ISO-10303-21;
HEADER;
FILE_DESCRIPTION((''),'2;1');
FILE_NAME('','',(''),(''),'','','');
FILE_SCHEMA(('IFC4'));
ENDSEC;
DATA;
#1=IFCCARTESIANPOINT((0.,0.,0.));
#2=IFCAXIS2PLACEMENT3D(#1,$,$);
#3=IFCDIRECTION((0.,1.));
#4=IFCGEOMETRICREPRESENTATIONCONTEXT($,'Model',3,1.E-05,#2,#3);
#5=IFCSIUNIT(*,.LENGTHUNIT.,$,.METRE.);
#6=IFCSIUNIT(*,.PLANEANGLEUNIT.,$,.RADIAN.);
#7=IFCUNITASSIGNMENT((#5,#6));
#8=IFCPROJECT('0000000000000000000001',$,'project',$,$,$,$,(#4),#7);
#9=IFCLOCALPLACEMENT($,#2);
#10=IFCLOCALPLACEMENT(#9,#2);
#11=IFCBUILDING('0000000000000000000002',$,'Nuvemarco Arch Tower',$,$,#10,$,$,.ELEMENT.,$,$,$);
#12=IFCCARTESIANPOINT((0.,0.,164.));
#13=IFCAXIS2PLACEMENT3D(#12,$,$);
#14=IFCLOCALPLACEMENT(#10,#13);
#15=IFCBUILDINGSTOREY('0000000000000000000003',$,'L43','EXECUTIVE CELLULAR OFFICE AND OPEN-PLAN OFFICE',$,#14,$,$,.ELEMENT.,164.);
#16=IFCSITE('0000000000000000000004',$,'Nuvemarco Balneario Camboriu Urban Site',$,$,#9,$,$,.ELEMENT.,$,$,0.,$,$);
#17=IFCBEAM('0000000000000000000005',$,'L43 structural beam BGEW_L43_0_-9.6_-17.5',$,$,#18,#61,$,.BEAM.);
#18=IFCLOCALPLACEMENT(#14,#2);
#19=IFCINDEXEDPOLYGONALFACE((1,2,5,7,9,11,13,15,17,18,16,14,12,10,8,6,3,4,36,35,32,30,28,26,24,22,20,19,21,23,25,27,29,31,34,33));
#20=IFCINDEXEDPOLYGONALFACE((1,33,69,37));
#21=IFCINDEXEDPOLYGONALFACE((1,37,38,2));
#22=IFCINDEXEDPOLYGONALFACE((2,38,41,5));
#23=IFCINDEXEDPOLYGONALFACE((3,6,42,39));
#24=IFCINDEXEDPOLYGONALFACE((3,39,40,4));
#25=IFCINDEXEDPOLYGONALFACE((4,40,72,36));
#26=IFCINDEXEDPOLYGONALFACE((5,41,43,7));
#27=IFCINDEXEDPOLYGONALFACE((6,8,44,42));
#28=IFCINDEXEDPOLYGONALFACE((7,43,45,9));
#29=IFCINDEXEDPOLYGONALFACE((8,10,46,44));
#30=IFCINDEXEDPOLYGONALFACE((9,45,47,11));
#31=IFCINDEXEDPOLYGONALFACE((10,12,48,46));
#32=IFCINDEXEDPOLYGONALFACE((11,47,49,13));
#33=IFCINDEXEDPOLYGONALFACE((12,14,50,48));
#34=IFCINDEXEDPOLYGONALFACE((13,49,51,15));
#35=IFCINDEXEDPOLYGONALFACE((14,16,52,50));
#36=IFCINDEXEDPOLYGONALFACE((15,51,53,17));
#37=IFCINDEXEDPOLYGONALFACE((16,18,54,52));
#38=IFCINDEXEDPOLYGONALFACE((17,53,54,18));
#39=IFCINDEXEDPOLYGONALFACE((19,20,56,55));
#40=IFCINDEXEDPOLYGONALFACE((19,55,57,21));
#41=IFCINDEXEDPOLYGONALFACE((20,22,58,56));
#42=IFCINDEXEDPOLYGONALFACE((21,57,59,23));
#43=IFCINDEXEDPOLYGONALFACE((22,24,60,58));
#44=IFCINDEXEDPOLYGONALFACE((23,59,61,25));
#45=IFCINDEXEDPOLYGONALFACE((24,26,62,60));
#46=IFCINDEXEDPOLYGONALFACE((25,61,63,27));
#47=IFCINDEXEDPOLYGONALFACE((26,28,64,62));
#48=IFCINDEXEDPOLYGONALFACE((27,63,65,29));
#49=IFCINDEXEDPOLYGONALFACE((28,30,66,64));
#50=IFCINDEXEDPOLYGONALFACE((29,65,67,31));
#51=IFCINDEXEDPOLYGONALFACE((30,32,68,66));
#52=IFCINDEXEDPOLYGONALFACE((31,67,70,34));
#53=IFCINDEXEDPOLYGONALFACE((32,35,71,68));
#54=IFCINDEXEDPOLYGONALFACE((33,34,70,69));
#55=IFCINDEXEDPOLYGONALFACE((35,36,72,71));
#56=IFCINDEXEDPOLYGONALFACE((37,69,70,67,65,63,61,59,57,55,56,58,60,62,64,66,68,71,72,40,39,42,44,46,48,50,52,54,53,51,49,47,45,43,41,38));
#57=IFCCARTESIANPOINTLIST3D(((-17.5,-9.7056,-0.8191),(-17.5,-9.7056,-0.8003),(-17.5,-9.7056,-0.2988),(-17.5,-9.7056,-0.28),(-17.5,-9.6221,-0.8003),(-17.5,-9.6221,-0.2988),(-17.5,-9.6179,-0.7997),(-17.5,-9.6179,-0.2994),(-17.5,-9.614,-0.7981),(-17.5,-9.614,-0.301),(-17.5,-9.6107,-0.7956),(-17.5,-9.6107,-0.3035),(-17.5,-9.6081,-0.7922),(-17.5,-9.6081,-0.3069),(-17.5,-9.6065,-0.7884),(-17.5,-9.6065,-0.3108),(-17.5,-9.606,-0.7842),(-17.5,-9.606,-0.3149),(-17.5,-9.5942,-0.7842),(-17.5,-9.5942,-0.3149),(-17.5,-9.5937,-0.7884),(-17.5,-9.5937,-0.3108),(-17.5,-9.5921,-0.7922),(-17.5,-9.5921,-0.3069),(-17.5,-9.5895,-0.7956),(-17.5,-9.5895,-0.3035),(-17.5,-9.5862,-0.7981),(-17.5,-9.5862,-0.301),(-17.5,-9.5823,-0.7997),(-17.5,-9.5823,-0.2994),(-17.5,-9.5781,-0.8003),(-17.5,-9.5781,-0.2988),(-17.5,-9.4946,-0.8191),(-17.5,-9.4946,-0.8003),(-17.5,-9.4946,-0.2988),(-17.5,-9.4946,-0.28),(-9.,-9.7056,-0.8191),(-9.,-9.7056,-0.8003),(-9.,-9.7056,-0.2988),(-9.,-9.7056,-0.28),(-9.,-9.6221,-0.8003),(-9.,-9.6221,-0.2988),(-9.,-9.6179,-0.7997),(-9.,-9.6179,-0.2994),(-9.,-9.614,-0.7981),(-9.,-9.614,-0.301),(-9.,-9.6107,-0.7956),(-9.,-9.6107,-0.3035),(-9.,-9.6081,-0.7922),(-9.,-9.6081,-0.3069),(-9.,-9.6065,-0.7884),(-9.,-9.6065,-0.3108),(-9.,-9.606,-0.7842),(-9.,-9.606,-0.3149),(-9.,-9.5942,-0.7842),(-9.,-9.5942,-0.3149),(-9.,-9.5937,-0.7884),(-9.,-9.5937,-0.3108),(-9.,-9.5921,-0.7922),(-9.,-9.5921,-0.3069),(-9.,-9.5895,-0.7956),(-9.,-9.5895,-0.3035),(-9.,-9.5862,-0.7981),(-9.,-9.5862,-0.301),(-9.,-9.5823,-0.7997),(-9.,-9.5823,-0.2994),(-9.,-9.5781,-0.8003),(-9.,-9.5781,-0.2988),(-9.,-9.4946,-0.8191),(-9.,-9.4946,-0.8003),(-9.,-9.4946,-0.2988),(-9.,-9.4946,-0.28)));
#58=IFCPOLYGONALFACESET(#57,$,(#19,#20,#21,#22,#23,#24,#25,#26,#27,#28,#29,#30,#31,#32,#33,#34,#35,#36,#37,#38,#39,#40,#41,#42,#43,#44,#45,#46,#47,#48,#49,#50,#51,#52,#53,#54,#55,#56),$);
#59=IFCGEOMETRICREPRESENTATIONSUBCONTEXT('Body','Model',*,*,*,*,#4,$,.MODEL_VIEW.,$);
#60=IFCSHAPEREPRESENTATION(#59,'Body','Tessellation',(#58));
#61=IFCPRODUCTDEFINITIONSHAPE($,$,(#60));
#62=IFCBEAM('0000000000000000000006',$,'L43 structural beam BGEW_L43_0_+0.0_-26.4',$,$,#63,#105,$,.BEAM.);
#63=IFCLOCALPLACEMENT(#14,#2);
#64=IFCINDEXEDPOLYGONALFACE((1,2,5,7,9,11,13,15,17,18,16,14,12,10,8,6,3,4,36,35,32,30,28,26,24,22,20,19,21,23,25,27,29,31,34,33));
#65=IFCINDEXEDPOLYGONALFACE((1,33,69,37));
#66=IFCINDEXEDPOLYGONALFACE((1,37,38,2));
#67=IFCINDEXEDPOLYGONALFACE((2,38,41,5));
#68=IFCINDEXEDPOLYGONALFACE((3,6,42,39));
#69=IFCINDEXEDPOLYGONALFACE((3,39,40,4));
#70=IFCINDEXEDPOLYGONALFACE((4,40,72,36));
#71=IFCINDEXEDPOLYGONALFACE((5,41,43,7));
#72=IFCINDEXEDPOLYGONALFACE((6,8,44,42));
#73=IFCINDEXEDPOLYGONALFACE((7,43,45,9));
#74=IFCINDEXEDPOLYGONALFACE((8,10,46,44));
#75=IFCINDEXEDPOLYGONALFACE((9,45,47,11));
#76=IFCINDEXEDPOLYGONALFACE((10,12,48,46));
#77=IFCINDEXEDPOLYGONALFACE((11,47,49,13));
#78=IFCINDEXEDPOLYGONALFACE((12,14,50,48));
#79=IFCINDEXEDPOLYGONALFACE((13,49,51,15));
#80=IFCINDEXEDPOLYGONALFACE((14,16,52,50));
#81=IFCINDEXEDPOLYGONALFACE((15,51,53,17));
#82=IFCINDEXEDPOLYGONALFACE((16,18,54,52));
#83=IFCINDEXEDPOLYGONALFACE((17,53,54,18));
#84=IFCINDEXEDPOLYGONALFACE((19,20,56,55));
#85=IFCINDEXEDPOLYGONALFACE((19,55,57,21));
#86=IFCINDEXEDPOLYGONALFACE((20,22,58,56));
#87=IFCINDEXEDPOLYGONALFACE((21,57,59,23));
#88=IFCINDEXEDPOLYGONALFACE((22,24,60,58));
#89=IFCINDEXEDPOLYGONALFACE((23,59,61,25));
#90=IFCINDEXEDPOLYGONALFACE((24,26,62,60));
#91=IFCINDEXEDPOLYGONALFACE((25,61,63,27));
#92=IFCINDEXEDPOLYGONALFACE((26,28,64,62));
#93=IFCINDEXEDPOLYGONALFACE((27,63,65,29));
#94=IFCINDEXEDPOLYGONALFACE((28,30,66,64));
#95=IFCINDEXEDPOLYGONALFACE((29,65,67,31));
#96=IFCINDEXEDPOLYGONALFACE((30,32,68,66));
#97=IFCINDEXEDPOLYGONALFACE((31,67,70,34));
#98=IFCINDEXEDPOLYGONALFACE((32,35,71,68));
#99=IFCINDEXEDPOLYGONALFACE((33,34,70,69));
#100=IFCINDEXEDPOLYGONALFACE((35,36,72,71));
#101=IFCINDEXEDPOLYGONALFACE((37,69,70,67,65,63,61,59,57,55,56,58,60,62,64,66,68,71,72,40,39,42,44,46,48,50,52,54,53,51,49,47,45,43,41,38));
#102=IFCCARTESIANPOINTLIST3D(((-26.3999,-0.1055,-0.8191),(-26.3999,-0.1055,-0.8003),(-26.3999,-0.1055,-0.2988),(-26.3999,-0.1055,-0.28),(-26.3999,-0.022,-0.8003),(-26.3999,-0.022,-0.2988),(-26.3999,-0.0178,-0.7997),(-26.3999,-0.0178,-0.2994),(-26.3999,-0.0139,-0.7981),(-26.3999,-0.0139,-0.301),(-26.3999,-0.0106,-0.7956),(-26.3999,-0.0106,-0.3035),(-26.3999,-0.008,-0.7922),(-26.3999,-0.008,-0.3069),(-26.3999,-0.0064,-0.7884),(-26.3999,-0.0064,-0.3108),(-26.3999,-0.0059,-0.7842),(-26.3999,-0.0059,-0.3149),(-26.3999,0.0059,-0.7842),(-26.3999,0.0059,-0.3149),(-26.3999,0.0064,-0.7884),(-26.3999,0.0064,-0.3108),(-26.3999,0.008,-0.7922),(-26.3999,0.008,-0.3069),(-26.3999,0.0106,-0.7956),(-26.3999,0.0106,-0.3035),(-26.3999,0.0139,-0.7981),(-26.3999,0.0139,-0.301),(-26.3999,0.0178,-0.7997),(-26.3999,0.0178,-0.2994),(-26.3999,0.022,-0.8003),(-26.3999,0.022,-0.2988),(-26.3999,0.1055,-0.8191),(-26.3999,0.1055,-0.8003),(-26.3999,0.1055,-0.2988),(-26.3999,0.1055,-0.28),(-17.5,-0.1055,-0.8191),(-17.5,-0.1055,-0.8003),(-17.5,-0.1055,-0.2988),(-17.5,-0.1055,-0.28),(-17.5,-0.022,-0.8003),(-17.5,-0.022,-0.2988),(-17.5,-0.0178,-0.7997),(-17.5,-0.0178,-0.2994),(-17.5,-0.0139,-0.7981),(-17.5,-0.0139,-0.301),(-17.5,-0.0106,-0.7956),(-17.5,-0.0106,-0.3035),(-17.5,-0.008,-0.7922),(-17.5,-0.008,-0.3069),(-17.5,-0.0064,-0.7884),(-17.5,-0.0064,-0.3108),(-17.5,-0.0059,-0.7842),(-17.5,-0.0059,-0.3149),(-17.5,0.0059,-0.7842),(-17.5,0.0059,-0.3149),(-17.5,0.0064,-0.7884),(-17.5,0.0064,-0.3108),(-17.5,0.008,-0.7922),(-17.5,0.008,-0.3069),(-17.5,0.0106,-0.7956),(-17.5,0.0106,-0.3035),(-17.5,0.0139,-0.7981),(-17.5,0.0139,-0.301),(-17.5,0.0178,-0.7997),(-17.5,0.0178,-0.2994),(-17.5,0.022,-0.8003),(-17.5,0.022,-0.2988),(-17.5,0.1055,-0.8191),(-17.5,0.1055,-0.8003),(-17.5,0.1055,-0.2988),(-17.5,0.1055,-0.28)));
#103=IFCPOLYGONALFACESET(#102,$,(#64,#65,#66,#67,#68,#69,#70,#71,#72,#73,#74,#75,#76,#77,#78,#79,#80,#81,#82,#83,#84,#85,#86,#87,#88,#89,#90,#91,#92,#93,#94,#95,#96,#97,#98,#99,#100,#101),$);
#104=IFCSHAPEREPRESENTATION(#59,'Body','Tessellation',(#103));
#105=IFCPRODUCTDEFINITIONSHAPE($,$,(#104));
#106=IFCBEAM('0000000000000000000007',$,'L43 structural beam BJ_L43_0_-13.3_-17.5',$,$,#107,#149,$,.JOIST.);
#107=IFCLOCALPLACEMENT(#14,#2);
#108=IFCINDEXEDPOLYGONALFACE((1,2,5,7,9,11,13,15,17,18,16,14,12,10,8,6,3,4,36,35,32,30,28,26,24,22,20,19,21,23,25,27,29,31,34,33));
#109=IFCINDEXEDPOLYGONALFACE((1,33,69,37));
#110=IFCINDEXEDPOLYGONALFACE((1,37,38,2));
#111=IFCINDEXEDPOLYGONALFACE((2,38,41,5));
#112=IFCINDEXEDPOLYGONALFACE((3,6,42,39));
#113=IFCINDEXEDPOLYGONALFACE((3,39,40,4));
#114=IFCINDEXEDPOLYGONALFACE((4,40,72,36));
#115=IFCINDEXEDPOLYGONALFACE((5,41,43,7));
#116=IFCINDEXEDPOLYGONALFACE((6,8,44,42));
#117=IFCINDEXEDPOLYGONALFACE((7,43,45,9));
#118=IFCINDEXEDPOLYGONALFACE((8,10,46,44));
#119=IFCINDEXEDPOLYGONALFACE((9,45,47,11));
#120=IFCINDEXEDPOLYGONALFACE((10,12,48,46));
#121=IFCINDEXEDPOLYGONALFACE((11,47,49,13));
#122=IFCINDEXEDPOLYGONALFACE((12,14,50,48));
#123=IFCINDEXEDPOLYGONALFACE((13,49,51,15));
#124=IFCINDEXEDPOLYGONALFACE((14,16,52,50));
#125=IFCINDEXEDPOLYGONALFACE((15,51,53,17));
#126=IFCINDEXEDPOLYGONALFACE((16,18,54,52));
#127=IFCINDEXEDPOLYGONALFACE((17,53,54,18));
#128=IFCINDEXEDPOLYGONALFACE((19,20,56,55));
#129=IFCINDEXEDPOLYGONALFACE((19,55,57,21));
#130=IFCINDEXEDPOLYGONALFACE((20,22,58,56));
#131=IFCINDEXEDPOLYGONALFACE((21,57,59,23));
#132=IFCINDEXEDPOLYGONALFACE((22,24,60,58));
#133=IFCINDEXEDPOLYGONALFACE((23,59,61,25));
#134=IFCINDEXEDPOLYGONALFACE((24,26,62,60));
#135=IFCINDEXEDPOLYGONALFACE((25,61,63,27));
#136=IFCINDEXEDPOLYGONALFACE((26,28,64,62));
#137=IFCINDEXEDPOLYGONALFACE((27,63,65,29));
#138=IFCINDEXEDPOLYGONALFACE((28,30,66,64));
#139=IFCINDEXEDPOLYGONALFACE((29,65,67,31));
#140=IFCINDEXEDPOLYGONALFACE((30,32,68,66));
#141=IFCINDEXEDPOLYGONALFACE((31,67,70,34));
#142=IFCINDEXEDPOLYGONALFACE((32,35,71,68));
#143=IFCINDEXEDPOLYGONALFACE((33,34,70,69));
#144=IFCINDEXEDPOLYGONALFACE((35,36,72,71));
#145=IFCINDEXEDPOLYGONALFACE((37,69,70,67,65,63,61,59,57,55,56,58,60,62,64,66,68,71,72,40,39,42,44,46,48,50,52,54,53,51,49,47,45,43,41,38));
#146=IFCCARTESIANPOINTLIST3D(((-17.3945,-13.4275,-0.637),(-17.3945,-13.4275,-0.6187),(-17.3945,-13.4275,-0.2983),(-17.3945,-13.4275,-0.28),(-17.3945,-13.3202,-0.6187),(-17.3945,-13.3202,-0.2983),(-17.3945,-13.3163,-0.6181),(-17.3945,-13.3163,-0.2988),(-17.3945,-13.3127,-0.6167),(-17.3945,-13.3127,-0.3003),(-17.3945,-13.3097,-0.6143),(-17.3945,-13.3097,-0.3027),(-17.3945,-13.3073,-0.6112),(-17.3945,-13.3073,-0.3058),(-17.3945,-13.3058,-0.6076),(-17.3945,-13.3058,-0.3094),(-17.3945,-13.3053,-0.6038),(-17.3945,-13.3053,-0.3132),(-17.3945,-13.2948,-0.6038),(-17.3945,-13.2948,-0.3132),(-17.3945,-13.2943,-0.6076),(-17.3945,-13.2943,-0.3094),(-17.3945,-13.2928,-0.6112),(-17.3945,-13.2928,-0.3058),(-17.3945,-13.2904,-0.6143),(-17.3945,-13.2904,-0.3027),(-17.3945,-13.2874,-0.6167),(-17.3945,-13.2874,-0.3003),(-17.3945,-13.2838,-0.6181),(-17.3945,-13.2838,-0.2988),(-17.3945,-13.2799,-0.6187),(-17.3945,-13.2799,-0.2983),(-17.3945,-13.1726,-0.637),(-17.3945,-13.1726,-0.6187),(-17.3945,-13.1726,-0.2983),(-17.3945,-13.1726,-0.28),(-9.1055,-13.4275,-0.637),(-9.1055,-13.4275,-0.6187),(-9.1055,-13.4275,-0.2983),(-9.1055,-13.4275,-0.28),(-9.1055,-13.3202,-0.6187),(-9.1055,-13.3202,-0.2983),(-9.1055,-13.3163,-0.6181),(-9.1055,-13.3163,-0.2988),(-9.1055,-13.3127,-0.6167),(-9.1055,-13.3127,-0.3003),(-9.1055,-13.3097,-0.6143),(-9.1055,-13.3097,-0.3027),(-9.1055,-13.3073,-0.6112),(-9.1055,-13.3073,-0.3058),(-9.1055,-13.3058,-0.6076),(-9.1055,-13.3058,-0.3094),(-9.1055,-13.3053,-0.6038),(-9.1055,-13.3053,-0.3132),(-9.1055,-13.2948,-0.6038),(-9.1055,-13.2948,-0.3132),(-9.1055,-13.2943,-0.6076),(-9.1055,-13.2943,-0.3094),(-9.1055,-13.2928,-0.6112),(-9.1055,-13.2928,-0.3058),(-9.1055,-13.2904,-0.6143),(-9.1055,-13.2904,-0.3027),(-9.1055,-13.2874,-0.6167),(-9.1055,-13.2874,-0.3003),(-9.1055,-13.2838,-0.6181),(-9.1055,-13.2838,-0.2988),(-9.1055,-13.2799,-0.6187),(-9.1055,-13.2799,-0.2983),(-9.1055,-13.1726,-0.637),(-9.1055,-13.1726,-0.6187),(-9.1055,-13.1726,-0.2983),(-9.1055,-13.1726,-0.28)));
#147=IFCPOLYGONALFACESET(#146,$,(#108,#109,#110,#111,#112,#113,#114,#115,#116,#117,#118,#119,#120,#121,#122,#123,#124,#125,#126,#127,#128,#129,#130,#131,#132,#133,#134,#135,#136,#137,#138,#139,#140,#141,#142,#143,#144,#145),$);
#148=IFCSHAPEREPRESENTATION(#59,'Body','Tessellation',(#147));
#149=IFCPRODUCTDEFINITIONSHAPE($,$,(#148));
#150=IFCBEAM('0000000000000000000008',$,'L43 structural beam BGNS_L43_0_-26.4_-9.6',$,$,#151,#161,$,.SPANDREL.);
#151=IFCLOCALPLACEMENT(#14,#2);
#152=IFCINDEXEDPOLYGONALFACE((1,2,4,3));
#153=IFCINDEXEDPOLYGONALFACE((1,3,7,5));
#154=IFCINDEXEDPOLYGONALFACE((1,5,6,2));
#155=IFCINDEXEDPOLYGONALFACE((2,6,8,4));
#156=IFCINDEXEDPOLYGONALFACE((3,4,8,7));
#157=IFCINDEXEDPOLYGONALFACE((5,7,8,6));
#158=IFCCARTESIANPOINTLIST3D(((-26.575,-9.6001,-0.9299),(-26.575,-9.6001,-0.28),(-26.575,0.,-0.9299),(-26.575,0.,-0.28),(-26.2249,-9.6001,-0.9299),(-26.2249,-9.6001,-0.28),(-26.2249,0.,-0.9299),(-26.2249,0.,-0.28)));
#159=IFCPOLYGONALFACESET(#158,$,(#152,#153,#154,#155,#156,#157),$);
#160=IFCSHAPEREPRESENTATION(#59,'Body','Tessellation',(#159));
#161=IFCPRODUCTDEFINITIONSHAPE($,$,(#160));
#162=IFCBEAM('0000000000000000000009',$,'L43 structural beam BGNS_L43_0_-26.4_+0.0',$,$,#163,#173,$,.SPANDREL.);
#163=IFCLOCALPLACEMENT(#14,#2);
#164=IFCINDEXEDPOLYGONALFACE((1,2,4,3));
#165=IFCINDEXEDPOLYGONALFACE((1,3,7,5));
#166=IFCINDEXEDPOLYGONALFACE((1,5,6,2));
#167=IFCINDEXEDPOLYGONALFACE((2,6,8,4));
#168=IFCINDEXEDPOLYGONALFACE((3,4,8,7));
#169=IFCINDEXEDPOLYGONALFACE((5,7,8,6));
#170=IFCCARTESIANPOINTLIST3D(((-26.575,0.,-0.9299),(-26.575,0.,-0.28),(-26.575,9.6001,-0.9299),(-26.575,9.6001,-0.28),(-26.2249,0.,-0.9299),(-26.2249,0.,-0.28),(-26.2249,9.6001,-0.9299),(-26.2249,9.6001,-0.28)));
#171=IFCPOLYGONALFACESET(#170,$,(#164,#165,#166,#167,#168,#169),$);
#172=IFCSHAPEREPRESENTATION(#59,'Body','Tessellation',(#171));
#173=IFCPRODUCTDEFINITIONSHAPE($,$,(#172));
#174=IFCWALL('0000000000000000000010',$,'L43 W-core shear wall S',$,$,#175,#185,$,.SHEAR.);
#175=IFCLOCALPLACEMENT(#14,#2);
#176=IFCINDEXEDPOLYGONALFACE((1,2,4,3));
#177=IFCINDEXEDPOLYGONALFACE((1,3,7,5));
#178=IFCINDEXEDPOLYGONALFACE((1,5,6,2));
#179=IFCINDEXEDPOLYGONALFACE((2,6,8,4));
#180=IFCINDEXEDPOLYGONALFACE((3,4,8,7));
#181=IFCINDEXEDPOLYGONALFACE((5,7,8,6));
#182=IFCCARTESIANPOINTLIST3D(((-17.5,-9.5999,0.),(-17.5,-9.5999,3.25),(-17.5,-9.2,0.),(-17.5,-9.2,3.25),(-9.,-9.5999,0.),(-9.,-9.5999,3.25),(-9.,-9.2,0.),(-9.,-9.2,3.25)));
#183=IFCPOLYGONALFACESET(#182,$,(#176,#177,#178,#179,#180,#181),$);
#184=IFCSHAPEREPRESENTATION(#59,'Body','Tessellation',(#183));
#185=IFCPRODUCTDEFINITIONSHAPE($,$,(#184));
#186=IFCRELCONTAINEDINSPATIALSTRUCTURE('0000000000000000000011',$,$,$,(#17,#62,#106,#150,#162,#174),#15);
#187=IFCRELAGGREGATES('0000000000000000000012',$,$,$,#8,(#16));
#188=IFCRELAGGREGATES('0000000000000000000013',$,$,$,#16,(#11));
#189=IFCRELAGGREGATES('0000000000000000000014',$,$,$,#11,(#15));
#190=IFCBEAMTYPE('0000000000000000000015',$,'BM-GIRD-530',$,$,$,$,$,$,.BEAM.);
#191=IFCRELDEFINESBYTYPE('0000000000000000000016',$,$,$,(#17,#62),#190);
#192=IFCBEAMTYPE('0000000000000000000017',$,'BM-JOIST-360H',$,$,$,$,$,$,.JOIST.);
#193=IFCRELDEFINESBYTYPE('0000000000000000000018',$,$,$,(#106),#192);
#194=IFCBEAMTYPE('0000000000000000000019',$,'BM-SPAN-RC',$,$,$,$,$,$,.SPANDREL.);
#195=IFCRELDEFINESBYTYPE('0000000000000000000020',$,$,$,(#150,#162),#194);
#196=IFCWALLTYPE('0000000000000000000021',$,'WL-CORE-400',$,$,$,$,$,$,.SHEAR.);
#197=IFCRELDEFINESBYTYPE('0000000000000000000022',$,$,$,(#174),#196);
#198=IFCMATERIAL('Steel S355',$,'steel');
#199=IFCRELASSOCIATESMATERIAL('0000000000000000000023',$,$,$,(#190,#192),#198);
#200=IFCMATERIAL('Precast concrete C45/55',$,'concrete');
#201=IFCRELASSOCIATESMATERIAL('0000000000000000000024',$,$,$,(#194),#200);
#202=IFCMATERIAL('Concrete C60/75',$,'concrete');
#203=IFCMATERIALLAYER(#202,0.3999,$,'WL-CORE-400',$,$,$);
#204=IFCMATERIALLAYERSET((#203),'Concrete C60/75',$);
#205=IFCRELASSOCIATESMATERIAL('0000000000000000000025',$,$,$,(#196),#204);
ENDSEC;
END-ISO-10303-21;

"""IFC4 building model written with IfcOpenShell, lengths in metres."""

from ifc_helpers import new_model, si_unit, direction, frame, frame_2d, origin, origin_2d, place, context, subcontext, project, spatial, rectangle, i_section, extrude, material, layer, layer_set, material_profile, profile_set, type_object, element, save


model = new_model("IFC4")

# Units and contexts
model_context = context("Model", 3, precision=1e-05, world=origin(), true_north=direction((0.0, 1.0)))
body_context = subcontext(model_context, "Body", "Model", "MODEL_VIEW")
ifc_project = project(units=[si_unit("LENGTHUNIT", "METRE"), si_unit("PLANEANGLEUNIT", "RADIAN")], contexts=[model_context])

# Site, building, storey
site_placement = place(None, origin())
site = spatial("IfcSite", under=ifc_project, at=site_placement, Name="Nuvemarco Balneario Camboriu Urban Site", CompositionType="ELEMENT", RefElevation=0.0)
building_placement = place(site_placement, origin())
building = spatial("IfcBuilding", under=site, at=building_placement, Name="Nuvemarco Arch Tower", CompositionType="ELEMENT")
storey_placement = place(building_placement, frame((0.0, 0.0, 164.0)))
storey = spatial("IfcBuildingStorey", under=building, at=storey_placement, Name="L43", Description="EXECUTIVE CELLULAR OFFICE AND OPEN-PLAN OFFICE", CompositionType="ELEMENT", Elevation=164.0)

# Shared definitions
ifc_material_1 = material(Name="Steel S355", Category="steel")

# Beams
ifc_material_profile_1 = material_profile(ifc_material_1, i_section(OverallWidth=0.2109, OverallDepth=0.5391, WebThickness=0.0117, FlangeThickness=0.0188, FilletRadius=0.0161, at=origin_2d()), Name="W530x109")
ifc_profile_set_1 = profile_set([ifc_material_profile_1], Name="Steel S355")
beam_type_1 = type_object("IfcBeamType", Name="BM-GIRD-530", PredefinedType="BEAM", material=ifc_profile_set_1)
beam_1_placement = place(storey_placement, frame((-17.5, -9.6001, -0.5496), z_axis=(1.0, 0.0, 0.0), x_axis=(0.0, 1.0, 0.0)))
element("IfcBeam", 1, at=beam_1_placement, inside=storey, type_object=beam_type_1, Name="L43 structural beam BGEW_L43_0_-9.6_-17.5", PredefinedType="BEAM", context=body_context, shape_type="SweptSolid", body=[
    extrude(i_section(OverallWidth=0.2109, OverallDepth=0.5391, WebThickness=0.0117, FlangeThickness=0.0188, FilletRadius=0.0161, at=origin_2d()), origin(), (0.0, 0.0, 1.0), 8.5),
])
beam_2_placement = place(storey_placement, frame((-26.3999, 0.0, -0.5496), z_axis=(1.0, 0.0, 0.0), x_axis=(0.0, 1.0, 0.0)))
element("IfcBeam", 2, at=beam_2_placement, inside=storey, type_object=beam_type_1, Name="L43 structural beam BGEW_L43_0_+0.0_-26.4", PredefinedType="BEAM", context=body_context, shape_type="SweptSolid", body=[
    extrude(i_section(OverallWidth=0.2109, OverallDepth=0.5391, WebThickness=0.0117, FlangeThickness=0.0188, FilletRadius=0.0161, at=origin_2d()), origin(), (0.0, 0.0, 1.0), 8.8999),
])
ifc_material_profile_2 = material_profile(ifc_material_1, i_section(OverallWidth=0.2549, OverallDepth=0.3569, WebThickness=0.0105, FlangeThickness=0.0183, FilletRadius=0.0149, at=origin_2d()), Name="W360x101")
ifc_profile_set_2 = profile_set([ifc_material_profile_2], Name="Steel S355")
beam_type_2 = type_object("IfcBeamType", Name="BM-JOIST-360H", PredefinedType="JOIST", material=ifc_profile_set_2)
beam_3_placement = place(storey_placement, frame((-17.3945, -13.3, -0.4585), z_axis=(1.0, 0.0, 0.0), x_axis=(0.0, 1.0, 0.0)))
element("IfcBeam", 3, at=beam_3_placement, inside=storey, type_object=beam_type_2, Name="L43 structural beam BJ_L43_0_-13.3_-17.5", PredefinedType="JOIST", context=body_context, shape_type="SweptSolid", body=[
    extrude(i_section(OverallWidth=0.2549, OverallDepth=0.3569, WebThickness=0.0105, FlangeThickness=0.0183, FilletRadius=0.0149, at=origin_2d()), origin(), (0.0, 0.0, 1.0), 8.2891),
])
ifc_material_2 = material(Name="Precast concrete C45/55", Category="concrete")
ifc_material_profile_3 = material_profile(ifc_material_2, rectangle(XDim=0.3501, YDim=0.6499, at=origin_2d()), Name="PC-SP-350x650")
ifc_profile_set_3 = profile_set([ifc_material_profile_3], Name="Precast concrete C45/55")
beam_type_3 = type_object("IfcBeamType", Name="BM-SPAN-RC", PredefinedType="SPANDREL", material=ifc_profile_set_3)
for number, where, z_axis, x_axis, name in (
    (4, (-26.3999, -9.6001, -0.605), (0.0, 1.0, 0.0), (-1.0, 0.0, 0.0), "L43 structural beam BGNS_L43_0_-26.4_-9.6"),
    (5, (-26.3999, 0.0, -0.605), (0.0, 1.0, 0.0), (-1.0, 0.0, 0.0), "L43 structural beam BGNS_L43_0_-26.4_+0.0"),
):
    element("IfcBeam", number, at=place(storey_placement, frame(where, z_axis=z_axis, x_axis=x_axis)), inside=storey, type_object=beam_type_3, Name=name, PredefinedType="SPANDREL", context=body_context, shape_type="SweptSolid", body=[
        extrude(rectangle(XDim=0.3501, YDim=0.6499, at=origin_2d()), origin(), (0.0, 0.0, 1.0), 9.6001),
    ])

# Wall
ifc_material_3 = material(Name="Concrete C60/75", Category="concrete")
ifc_layer_1 = layer(ifc_material_3, 0.3999, Name="WL-CORE-400")
ifc_layer_set_1 = layer_set([ifc_layer_1], Name="Concrete C60/75")
wall_type_1 = type_object("IfcWallType", Name="WL-CORE-400", PredefinedType="SHEAR", material=ifc_layer_set_1)
wall_1_placement = place(storey_placement, frame((-17.5, -9.3999, 0.0), z_axis=(0.0, 0.0, 1.0), x_axis=(1.0, 0.0, 0.0)))
element("IfcWall", 6, at=wall_1_placement, inside=storey, type_object=wall_type_1, Name="L43 W-core shear wall S", PredefinedType="SHEAR", context=body_context, shape_type="SweptSolid", body=[
    extrude(rectangle(XDim=8.5, YDim=0.3999, at=frame_2d((4.25, 0.0))), origin(), (0.0, 0.0, 1.0), 3.25),
])

save(model, "model.ifc")
